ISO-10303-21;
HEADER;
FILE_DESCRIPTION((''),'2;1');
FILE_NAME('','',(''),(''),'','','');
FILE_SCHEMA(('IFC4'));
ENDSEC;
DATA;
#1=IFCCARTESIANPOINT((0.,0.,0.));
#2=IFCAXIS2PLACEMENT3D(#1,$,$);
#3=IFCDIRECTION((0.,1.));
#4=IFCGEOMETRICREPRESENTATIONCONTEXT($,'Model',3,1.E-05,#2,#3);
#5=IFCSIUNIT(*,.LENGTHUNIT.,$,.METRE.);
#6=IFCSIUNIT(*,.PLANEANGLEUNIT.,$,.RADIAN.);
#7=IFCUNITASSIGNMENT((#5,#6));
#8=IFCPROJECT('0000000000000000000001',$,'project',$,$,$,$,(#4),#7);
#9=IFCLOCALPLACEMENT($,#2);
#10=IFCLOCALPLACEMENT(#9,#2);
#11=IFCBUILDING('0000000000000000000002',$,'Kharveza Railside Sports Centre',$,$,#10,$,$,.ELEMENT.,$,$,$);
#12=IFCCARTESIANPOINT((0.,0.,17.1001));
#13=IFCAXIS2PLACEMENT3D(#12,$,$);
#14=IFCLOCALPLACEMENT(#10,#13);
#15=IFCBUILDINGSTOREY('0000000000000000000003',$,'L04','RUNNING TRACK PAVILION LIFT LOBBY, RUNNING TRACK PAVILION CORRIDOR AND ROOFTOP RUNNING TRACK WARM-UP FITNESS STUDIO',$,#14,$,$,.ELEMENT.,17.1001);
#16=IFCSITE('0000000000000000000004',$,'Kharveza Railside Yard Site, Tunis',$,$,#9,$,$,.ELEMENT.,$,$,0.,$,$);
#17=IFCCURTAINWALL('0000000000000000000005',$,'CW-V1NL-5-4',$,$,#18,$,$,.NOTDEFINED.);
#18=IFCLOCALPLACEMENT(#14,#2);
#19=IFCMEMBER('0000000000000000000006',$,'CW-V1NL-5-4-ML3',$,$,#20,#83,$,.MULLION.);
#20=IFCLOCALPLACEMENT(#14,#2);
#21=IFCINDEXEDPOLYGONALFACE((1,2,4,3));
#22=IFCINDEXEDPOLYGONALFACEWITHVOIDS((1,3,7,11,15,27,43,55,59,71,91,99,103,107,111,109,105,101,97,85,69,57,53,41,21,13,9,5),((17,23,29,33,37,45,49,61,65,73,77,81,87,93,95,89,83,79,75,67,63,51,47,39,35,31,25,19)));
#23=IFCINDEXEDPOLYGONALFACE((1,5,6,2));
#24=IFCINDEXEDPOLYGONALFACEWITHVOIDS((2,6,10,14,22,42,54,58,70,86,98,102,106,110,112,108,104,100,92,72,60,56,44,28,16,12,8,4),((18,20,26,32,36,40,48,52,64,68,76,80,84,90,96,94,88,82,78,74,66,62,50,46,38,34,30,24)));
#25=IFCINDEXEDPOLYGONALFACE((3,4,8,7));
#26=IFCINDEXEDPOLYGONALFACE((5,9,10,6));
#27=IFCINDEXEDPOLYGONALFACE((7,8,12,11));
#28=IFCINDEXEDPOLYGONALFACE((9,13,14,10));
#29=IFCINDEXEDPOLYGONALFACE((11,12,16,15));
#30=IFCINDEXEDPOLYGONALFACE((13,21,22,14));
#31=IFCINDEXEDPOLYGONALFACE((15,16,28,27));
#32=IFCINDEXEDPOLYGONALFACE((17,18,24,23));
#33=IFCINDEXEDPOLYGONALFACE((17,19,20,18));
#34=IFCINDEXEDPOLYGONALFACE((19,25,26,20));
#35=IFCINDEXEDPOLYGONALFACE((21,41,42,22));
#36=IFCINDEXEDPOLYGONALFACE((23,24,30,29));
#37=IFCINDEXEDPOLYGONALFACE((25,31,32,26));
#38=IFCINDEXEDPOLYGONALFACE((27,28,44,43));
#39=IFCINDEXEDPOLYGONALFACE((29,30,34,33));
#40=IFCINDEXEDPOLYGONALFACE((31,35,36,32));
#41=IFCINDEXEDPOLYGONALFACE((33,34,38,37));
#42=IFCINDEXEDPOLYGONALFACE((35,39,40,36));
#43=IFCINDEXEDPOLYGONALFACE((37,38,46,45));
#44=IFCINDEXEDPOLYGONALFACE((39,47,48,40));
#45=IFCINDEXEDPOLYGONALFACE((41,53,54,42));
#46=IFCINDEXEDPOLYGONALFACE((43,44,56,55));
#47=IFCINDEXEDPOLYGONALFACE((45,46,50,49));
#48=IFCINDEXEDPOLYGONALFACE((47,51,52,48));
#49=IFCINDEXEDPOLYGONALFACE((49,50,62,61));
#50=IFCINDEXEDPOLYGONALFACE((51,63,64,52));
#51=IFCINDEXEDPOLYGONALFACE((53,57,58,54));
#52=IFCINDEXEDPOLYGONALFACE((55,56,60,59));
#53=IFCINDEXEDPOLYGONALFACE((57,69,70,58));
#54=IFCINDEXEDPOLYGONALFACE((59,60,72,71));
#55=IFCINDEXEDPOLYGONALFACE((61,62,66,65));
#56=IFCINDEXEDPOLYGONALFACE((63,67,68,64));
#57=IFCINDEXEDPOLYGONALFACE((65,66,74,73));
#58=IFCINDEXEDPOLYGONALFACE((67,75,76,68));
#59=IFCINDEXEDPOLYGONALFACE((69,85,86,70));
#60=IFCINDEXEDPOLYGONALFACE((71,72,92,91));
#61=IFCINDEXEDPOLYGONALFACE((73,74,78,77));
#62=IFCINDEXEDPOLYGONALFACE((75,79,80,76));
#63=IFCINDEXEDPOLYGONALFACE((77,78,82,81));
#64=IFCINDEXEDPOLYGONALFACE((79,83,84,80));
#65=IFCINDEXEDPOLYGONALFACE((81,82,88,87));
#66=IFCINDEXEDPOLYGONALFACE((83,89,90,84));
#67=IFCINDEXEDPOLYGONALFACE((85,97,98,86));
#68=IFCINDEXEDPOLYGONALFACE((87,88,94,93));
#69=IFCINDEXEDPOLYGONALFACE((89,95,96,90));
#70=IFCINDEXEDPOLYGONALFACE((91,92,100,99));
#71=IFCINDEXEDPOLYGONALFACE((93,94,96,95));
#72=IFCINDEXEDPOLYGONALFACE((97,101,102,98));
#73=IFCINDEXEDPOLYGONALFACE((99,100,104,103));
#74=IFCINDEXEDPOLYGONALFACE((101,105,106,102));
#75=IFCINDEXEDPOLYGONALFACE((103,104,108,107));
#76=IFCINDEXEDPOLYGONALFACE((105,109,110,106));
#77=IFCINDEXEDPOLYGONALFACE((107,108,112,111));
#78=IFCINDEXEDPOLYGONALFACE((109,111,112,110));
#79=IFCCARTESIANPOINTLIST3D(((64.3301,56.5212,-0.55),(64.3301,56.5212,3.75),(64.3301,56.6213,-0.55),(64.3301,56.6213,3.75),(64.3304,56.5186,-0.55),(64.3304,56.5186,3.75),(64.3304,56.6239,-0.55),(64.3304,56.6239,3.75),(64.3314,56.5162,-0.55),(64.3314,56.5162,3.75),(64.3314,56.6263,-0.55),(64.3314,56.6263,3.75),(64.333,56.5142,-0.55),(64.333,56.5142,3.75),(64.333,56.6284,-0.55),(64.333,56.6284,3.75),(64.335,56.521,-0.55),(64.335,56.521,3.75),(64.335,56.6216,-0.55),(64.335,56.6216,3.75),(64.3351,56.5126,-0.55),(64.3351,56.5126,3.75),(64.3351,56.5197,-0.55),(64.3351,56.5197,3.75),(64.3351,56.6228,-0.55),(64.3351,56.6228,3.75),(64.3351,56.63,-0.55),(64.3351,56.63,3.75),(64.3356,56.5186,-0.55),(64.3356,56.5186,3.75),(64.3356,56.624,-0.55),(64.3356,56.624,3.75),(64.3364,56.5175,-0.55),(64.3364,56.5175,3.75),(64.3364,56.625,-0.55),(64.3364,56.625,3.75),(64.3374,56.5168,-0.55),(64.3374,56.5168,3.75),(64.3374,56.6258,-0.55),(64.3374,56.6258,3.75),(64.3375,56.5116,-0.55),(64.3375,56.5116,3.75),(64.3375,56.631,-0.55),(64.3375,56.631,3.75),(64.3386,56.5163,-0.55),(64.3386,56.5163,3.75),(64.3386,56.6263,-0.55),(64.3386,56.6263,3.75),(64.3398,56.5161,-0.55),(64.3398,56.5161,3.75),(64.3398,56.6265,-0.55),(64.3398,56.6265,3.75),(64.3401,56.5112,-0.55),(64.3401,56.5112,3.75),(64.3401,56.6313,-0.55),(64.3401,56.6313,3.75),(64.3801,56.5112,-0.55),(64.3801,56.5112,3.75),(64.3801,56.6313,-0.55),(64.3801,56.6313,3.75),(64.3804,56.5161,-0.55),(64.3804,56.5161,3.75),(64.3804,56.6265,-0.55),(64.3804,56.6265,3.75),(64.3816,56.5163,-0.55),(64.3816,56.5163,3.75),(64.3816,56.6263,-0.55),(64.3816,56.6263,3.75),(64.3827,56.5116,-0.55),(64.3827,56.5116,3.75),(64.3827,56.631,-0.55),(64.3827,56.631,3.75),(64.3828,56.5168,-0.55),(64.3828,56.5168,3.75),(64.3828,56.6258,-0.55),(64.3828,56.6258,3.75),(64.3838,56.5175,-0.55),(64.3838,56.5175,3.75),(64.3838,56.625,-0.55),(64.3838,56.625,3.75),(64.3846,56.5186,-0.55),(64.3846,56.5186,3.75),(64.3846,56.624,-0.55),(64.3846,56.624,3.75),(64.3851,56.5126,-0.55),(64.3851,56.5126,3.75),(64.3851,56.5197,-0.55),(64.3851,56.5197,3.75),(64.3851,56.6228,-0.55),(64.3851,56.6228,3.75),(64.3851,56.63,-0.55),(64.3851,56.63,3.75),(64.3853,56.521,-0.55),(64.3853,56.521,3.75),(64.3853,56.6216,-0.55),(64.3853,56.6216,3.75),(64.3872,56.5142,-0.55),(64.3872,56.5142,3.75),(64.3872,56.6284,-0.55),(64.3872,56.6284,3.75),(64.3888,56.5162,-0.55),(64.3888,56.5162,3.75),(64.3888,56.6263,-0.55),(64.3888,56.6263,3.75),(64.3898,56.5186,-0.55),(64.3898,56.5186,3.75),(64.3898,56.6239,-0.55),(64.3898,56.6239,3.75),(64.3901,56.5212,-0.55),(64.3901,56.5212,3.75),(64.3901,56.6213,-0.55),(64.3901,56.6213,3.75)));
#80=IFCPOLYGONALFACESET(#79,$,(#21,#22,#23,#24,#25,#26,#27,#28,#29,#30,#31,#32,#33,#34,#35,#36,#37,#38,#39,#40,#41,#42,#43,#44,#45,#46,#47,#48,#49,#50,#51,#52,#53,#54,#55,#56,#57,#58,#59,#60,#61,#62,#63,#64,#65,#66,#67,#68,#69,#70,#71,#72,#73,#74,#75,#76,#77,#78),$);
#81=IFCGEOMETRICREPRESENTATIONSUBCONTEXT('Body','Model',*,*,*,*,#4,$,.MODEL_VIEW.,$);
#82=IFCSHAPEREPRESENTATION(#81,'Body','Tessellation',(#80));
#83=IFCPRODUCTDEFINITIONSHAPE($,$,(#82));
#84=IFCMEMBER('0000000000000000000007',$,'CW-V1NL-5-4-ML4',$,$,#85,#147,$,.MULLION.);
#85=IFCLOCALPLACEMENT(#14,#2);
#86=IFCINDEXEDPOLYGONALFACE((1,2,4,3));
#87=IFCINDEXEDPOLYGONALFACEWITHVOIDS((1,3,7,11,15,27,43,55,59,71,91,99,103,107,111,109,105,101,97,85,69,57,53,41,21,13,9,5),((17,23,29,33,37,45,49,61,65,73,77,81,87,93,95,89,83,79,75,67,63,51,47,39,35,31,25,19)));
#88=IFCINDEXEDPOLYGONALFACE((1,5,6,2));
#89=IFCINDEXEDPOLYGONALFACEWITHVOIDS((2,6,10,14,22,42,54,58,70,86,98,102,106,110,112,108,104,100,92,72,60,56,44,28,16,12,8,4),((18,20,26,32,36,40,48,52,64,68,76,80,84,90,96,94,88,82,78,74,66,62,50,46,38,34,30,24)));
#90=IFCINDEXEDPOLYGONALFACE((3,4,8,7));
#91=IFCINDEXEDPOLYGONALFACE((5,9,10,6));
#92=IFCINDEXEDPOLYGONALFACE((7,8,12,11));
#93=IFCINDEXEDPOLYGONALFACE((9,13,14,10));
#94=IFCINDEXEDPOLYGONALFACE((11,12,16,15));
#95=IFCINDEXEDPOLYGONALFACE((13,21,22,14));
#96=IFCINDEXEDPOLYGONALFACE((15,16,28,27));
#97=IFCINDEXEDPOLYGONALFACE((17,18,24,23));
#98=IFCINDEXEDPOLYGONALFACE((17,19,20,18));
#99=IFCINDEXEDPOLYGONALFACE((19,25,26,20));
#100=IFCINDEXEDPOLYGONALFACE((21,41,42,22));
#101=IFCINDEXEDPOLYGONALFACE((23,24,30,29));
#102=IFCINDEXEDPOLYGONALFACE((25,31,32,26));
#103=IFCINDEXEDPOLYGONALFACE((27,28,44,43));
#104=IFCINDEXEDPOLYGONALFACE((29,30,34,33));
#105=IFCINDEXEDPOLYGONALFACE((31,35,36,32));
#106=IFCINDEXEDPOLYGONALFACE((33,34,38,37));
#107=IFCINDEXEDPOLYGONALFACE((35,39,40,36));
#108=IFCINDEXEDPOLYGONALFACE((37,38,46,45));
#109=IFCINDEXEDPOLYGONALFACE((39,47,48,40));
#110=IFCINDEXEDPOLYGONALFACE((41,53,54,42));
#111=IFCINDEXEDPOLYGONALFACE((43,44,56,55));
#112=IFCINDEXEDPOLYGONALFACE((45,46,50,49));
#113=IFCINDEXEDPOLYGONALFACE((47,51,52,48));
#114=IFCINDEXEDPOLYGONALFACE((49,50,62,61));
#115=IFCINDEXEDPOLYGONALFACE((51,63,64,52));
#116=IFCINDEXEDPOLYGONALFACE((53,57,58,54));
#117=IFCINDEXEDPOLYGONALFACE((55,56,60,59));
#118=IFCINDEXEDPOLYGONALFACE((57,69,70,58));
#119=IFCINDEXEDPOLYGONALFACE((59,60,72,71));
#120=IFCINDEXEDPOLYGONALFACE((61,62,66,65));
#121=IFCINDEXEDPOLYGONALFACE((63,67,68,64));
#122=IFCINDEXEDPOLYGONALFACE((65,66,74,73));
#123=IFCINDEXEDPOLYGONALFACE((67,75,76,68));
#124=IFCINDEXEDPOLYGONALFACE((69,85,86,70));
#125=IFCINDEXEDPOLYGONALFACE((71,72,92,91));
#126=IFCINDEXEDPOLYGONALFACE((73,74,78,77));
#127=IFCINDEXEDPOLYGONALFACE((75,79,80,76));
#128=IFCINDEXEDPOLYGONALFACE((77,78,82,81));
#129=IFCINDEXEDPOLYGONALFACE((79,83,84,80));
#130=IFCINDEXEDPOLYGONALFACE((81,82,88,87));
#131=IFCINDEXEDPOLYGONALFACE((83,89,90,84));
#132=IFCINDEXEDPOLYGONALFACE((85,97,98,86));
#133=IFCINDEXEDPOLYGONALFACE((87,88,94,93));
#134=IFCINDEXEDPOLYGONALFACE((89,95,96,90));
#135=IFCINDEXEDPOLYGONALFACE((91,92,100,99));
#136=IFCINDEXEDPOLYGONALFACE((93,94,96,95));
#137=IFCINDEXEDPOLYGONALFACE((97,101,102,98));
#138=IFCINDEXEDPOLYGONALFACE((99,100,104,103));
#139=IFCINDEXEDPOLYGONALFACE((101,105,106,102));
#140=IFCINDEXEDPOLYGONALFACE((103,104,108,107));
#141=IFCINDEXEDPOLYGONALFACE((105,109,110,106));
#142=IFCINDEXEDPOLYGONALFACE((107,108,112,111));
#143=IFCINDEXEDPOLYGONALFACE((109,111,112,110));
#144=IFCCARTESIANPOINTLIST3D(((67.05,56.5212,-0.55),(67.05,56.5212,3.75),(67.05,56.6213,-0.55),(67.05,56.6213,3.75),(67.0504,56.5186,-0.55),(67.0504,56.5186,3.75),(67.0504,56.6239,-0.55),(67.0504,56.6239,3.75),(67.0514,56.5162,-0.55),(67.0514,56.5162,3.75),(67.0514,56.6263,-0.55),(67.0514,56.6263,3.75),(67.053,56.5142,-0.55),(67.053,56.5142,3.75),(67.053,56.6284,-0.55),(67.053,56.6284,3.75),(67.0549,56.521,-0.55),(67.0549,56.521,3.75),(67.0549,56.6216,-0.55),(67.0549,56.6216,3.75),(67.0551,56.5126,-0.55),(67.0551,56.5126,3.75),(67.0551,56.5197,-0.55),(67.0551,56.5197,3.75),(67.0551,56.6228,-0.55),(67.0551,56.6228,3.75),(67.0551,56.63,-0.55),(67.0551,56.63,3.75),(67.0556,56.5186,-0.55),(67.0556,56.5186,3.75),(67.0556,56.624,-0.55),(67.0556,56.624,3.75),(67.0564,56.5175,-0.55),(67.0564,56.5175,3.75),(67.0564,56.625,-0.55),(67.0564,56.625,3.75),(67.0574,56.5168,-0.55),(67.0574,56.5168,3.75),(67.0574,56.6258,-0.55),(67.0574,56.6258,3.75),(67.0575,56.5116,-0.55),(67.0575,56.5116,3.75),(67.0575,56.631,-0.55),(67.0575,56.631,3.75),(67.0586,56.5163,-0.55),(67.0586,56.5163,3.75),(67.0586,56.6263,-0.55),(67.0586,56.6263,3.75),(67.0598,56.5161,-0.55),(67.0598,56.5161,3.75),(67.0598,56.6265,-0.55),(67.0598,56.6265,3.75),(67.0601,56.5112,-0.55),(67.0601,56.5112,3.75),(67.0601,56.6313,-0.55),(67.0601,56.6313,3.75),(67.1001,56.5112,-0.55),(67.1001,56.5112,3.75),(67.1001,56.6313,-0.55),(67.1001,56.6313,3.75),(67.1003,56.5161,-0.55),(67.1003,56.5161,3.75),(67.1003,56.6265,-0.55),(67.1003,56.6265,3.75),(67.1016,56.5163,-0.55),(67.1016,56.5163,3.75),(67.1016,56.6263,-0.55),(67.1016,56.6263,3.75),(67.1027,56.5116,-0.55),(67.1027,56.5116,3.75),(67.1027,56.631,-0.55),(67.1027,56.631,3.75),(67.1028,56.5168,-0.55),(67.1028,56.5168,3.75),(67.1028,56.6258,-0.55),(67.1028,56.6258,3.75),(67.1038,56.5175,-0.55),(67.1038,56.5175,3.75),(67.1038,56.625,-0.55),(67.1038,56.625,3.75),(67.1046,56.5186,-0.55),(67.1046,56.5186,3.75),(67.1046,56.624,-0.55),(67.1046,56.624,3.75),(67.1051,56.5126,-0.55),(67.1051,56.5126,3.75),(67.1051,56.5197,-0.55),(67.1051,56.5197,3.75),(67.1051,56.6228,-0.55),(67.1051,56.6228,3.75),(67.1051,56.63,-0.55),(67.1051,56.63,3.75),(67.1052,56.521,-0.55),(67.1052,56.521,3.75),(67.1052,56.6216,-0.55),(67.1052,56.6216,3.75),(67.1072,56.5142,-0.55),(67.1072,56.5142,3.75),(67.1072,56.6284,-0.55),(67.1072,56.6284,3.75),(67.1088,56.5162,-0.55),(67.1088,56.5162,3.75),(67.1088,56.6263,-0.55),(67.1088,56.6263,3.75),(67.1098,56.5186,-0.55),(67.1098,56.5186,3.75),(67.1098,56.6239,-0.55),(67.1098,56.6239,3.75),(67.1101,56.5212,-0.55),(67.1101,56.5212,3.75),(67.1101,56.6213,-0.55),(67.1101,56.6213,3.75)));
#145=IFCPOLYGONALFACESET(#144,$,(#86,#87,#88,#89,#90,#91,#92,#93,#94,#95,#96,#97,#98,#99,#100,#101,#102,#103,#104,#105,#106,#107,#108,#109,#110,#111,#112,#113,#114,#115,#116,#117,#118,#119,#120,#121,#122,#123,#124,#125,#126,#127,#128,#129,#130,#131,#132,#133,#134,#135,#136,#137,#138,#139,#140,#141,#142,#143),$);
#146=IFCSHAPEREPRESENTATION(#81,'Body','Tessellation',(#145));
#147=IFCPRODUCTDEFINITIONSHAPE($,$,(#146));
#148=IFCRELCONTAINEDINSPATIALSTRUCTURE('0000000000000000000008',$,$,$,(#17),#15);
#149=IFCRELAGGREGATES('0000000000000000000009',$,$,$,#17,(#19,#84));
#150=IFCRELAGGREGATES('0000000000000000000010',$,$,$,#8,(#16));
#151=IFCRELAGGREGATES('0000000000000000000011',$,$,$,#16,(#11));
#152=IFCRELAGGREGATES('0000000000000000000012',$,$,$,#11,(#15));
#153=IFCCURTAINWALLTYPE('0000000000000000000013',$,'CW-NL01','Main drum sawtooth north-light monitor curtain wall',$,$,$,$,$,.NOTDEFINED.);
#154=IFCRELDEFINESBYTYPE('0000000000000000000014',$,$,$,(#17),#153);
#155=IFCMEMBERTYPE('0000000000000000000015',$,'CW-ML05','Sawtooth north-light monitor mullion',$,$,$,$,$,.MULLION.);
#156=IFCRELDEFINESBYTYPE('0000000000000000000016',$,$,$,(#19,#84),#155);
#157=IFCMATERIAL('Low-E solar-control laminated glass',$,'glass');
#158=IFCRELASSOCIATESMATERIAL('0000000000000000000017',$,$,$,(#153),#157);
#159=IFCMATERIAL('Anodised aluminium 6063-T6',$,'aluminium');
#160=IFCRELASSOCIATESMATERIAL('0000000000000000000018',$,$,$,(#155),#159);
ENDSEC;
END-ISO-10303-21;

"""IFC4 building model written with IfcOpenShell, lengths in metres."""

from ifc_helpers import new_model, si_unit, direction, frame, origin, origin_2d, place, context, subcontext, project, spatial, hollow_rectangle, extrude, material, material_profile, profile_set, type_object, element, aggregate, save


model = new_model("IFC4")

# Units and contexts
model_context = context("Model", 3, precision=1e-05, world=origin(), true_north=direction((0.0, 1.0)))
body_context = subcontext(model_context, "Body", "Model", "MODEL_VIEW")
ifc_project = project(units=[si_unit("LENGTHUNIT", "METRE"), si_unit("PLANEANGLEUNIT", "RADIAN")], contexts=[model_context])

# Site, building, storey
site_placement = place(None, origin())
site = spatial("IfcSite", under=ifc_project, at=site_placement, Name="Kharveza Railside Yard Site, Tunis", CompositionType="ELEMENT", RefElevation=0.0)
building_placement = place(site_placement, origin())
building = spatial("IfcBuilding", under=site, at=building_placement, Name="Kharveza Railside Sports Centre", CompositionType="ELEMENT")
storey_placement = place(building_placement, frame((0.0, 0.0, 17.1001)))
storey = spatial("IfcBuildingStorey", under=building, at=storey_placement, Name="L04", Description="RUNNING TRACK PAVILION LIFT LOBBY, RUNNING TRACK PAVILION CORRIDOR AND ROOFTOP RUNNING TRACK WARM-UP FITNESS STUDIO", CompositionType="ELEMENT", Elevation=17.1001)

# Curtain wall, members
ifc_material_1 = material(Name="Low-E solar-control laminated glass", Category="glass")
curtain_wall_type = type_object("IfcCurtainWallType", Name="CW-NL01", Description="Main drum sawtooth north-light monitor curtain wall", PredefinedType="NOTDEFINED", material=ifc_material_1)
ifc_material_2 = material(Name="Anodised aluminium 6063-T6", Category="aluminium")
ifc_material_profile_1 = material_profile(ifc_material_2, hollow_rectangle(XDim=0.0601, YDim=0.1201, WallThickness=0.0049, InnerFilletRadius=0.0049, OuterFilletRadius=0.01, at=origin_2d()), Name="RHS 60x120x5.0")
ifc_profile_set_1 = profile_set([ifc_material_profile_1], Name="Anodised aluminium 6063-T6")
member_type_1 = type_object("IfcMemberType", Name="CW-ML05", Description="Sawtooth north-light monitor mullion", PredefinedType="MULLION", material=ifc_profile_set_1)
curtain_wall_1_placement = place(storey_placement, origin())
curtain_wall_1 = element("IfcCurtainWall", 1, at=curtain_wall_1_placement, inside=storey, type_object=curtain_wall_type, Name="CW-V1NL-5-4", PredefinedType="NOTDEFINED")
member_1_placement = place(storey_placement, frame((64.3601, 56.5713, -0.55), z_axis=(0.0, 0.0, 1.0), x_axis=(1.0, 0.0, 0.0)))
member_1 = element("IfcMember", 2, at=member_1_placement, type_object=member_type_1, Name="CW-V1NL-5-4-ML3", PredefinedType="MULLION", context=body_context, shape_type="SweptSolid", body=[
    extrude(hollow_rectangle(XDim=0.0601, YDim=0.1201, WallThickness=0.0049, InnerFilletRadius=0.0049, OuterFilletRadius=0.01, at=origin_2d()), origin(), (0.0, 0.0, 1.0), 4.3),
])
member_2_placement = place(storey_placement, frame((67.0801, 56.5713, -0.55), z_axis=(0.0, 0.0, 1.0), x_axis=(1.0, 0.0, 0.0)))
member_2 = element("IfcMember", 3, at=member_2_placement, type_object=member_type_1, Name="CW-V1NL-5-4-ML4", PredefinedType="MULLION", context=body_context, shape_type="SweptSolid", body=[
    extrude(hollow_rectangle(XDim=0.0601, YDim=0.1201, WallThickness=0.0049, InnerFilletRadius=0.0049, OuterFilletRadius=0.01, at=origin_2d()), origin(), (0.0, 0.0, 1.0), 4.3),
])

aggregate(curtain_wall_1, [member_1, member_2])

save(model, "model.ifc")
